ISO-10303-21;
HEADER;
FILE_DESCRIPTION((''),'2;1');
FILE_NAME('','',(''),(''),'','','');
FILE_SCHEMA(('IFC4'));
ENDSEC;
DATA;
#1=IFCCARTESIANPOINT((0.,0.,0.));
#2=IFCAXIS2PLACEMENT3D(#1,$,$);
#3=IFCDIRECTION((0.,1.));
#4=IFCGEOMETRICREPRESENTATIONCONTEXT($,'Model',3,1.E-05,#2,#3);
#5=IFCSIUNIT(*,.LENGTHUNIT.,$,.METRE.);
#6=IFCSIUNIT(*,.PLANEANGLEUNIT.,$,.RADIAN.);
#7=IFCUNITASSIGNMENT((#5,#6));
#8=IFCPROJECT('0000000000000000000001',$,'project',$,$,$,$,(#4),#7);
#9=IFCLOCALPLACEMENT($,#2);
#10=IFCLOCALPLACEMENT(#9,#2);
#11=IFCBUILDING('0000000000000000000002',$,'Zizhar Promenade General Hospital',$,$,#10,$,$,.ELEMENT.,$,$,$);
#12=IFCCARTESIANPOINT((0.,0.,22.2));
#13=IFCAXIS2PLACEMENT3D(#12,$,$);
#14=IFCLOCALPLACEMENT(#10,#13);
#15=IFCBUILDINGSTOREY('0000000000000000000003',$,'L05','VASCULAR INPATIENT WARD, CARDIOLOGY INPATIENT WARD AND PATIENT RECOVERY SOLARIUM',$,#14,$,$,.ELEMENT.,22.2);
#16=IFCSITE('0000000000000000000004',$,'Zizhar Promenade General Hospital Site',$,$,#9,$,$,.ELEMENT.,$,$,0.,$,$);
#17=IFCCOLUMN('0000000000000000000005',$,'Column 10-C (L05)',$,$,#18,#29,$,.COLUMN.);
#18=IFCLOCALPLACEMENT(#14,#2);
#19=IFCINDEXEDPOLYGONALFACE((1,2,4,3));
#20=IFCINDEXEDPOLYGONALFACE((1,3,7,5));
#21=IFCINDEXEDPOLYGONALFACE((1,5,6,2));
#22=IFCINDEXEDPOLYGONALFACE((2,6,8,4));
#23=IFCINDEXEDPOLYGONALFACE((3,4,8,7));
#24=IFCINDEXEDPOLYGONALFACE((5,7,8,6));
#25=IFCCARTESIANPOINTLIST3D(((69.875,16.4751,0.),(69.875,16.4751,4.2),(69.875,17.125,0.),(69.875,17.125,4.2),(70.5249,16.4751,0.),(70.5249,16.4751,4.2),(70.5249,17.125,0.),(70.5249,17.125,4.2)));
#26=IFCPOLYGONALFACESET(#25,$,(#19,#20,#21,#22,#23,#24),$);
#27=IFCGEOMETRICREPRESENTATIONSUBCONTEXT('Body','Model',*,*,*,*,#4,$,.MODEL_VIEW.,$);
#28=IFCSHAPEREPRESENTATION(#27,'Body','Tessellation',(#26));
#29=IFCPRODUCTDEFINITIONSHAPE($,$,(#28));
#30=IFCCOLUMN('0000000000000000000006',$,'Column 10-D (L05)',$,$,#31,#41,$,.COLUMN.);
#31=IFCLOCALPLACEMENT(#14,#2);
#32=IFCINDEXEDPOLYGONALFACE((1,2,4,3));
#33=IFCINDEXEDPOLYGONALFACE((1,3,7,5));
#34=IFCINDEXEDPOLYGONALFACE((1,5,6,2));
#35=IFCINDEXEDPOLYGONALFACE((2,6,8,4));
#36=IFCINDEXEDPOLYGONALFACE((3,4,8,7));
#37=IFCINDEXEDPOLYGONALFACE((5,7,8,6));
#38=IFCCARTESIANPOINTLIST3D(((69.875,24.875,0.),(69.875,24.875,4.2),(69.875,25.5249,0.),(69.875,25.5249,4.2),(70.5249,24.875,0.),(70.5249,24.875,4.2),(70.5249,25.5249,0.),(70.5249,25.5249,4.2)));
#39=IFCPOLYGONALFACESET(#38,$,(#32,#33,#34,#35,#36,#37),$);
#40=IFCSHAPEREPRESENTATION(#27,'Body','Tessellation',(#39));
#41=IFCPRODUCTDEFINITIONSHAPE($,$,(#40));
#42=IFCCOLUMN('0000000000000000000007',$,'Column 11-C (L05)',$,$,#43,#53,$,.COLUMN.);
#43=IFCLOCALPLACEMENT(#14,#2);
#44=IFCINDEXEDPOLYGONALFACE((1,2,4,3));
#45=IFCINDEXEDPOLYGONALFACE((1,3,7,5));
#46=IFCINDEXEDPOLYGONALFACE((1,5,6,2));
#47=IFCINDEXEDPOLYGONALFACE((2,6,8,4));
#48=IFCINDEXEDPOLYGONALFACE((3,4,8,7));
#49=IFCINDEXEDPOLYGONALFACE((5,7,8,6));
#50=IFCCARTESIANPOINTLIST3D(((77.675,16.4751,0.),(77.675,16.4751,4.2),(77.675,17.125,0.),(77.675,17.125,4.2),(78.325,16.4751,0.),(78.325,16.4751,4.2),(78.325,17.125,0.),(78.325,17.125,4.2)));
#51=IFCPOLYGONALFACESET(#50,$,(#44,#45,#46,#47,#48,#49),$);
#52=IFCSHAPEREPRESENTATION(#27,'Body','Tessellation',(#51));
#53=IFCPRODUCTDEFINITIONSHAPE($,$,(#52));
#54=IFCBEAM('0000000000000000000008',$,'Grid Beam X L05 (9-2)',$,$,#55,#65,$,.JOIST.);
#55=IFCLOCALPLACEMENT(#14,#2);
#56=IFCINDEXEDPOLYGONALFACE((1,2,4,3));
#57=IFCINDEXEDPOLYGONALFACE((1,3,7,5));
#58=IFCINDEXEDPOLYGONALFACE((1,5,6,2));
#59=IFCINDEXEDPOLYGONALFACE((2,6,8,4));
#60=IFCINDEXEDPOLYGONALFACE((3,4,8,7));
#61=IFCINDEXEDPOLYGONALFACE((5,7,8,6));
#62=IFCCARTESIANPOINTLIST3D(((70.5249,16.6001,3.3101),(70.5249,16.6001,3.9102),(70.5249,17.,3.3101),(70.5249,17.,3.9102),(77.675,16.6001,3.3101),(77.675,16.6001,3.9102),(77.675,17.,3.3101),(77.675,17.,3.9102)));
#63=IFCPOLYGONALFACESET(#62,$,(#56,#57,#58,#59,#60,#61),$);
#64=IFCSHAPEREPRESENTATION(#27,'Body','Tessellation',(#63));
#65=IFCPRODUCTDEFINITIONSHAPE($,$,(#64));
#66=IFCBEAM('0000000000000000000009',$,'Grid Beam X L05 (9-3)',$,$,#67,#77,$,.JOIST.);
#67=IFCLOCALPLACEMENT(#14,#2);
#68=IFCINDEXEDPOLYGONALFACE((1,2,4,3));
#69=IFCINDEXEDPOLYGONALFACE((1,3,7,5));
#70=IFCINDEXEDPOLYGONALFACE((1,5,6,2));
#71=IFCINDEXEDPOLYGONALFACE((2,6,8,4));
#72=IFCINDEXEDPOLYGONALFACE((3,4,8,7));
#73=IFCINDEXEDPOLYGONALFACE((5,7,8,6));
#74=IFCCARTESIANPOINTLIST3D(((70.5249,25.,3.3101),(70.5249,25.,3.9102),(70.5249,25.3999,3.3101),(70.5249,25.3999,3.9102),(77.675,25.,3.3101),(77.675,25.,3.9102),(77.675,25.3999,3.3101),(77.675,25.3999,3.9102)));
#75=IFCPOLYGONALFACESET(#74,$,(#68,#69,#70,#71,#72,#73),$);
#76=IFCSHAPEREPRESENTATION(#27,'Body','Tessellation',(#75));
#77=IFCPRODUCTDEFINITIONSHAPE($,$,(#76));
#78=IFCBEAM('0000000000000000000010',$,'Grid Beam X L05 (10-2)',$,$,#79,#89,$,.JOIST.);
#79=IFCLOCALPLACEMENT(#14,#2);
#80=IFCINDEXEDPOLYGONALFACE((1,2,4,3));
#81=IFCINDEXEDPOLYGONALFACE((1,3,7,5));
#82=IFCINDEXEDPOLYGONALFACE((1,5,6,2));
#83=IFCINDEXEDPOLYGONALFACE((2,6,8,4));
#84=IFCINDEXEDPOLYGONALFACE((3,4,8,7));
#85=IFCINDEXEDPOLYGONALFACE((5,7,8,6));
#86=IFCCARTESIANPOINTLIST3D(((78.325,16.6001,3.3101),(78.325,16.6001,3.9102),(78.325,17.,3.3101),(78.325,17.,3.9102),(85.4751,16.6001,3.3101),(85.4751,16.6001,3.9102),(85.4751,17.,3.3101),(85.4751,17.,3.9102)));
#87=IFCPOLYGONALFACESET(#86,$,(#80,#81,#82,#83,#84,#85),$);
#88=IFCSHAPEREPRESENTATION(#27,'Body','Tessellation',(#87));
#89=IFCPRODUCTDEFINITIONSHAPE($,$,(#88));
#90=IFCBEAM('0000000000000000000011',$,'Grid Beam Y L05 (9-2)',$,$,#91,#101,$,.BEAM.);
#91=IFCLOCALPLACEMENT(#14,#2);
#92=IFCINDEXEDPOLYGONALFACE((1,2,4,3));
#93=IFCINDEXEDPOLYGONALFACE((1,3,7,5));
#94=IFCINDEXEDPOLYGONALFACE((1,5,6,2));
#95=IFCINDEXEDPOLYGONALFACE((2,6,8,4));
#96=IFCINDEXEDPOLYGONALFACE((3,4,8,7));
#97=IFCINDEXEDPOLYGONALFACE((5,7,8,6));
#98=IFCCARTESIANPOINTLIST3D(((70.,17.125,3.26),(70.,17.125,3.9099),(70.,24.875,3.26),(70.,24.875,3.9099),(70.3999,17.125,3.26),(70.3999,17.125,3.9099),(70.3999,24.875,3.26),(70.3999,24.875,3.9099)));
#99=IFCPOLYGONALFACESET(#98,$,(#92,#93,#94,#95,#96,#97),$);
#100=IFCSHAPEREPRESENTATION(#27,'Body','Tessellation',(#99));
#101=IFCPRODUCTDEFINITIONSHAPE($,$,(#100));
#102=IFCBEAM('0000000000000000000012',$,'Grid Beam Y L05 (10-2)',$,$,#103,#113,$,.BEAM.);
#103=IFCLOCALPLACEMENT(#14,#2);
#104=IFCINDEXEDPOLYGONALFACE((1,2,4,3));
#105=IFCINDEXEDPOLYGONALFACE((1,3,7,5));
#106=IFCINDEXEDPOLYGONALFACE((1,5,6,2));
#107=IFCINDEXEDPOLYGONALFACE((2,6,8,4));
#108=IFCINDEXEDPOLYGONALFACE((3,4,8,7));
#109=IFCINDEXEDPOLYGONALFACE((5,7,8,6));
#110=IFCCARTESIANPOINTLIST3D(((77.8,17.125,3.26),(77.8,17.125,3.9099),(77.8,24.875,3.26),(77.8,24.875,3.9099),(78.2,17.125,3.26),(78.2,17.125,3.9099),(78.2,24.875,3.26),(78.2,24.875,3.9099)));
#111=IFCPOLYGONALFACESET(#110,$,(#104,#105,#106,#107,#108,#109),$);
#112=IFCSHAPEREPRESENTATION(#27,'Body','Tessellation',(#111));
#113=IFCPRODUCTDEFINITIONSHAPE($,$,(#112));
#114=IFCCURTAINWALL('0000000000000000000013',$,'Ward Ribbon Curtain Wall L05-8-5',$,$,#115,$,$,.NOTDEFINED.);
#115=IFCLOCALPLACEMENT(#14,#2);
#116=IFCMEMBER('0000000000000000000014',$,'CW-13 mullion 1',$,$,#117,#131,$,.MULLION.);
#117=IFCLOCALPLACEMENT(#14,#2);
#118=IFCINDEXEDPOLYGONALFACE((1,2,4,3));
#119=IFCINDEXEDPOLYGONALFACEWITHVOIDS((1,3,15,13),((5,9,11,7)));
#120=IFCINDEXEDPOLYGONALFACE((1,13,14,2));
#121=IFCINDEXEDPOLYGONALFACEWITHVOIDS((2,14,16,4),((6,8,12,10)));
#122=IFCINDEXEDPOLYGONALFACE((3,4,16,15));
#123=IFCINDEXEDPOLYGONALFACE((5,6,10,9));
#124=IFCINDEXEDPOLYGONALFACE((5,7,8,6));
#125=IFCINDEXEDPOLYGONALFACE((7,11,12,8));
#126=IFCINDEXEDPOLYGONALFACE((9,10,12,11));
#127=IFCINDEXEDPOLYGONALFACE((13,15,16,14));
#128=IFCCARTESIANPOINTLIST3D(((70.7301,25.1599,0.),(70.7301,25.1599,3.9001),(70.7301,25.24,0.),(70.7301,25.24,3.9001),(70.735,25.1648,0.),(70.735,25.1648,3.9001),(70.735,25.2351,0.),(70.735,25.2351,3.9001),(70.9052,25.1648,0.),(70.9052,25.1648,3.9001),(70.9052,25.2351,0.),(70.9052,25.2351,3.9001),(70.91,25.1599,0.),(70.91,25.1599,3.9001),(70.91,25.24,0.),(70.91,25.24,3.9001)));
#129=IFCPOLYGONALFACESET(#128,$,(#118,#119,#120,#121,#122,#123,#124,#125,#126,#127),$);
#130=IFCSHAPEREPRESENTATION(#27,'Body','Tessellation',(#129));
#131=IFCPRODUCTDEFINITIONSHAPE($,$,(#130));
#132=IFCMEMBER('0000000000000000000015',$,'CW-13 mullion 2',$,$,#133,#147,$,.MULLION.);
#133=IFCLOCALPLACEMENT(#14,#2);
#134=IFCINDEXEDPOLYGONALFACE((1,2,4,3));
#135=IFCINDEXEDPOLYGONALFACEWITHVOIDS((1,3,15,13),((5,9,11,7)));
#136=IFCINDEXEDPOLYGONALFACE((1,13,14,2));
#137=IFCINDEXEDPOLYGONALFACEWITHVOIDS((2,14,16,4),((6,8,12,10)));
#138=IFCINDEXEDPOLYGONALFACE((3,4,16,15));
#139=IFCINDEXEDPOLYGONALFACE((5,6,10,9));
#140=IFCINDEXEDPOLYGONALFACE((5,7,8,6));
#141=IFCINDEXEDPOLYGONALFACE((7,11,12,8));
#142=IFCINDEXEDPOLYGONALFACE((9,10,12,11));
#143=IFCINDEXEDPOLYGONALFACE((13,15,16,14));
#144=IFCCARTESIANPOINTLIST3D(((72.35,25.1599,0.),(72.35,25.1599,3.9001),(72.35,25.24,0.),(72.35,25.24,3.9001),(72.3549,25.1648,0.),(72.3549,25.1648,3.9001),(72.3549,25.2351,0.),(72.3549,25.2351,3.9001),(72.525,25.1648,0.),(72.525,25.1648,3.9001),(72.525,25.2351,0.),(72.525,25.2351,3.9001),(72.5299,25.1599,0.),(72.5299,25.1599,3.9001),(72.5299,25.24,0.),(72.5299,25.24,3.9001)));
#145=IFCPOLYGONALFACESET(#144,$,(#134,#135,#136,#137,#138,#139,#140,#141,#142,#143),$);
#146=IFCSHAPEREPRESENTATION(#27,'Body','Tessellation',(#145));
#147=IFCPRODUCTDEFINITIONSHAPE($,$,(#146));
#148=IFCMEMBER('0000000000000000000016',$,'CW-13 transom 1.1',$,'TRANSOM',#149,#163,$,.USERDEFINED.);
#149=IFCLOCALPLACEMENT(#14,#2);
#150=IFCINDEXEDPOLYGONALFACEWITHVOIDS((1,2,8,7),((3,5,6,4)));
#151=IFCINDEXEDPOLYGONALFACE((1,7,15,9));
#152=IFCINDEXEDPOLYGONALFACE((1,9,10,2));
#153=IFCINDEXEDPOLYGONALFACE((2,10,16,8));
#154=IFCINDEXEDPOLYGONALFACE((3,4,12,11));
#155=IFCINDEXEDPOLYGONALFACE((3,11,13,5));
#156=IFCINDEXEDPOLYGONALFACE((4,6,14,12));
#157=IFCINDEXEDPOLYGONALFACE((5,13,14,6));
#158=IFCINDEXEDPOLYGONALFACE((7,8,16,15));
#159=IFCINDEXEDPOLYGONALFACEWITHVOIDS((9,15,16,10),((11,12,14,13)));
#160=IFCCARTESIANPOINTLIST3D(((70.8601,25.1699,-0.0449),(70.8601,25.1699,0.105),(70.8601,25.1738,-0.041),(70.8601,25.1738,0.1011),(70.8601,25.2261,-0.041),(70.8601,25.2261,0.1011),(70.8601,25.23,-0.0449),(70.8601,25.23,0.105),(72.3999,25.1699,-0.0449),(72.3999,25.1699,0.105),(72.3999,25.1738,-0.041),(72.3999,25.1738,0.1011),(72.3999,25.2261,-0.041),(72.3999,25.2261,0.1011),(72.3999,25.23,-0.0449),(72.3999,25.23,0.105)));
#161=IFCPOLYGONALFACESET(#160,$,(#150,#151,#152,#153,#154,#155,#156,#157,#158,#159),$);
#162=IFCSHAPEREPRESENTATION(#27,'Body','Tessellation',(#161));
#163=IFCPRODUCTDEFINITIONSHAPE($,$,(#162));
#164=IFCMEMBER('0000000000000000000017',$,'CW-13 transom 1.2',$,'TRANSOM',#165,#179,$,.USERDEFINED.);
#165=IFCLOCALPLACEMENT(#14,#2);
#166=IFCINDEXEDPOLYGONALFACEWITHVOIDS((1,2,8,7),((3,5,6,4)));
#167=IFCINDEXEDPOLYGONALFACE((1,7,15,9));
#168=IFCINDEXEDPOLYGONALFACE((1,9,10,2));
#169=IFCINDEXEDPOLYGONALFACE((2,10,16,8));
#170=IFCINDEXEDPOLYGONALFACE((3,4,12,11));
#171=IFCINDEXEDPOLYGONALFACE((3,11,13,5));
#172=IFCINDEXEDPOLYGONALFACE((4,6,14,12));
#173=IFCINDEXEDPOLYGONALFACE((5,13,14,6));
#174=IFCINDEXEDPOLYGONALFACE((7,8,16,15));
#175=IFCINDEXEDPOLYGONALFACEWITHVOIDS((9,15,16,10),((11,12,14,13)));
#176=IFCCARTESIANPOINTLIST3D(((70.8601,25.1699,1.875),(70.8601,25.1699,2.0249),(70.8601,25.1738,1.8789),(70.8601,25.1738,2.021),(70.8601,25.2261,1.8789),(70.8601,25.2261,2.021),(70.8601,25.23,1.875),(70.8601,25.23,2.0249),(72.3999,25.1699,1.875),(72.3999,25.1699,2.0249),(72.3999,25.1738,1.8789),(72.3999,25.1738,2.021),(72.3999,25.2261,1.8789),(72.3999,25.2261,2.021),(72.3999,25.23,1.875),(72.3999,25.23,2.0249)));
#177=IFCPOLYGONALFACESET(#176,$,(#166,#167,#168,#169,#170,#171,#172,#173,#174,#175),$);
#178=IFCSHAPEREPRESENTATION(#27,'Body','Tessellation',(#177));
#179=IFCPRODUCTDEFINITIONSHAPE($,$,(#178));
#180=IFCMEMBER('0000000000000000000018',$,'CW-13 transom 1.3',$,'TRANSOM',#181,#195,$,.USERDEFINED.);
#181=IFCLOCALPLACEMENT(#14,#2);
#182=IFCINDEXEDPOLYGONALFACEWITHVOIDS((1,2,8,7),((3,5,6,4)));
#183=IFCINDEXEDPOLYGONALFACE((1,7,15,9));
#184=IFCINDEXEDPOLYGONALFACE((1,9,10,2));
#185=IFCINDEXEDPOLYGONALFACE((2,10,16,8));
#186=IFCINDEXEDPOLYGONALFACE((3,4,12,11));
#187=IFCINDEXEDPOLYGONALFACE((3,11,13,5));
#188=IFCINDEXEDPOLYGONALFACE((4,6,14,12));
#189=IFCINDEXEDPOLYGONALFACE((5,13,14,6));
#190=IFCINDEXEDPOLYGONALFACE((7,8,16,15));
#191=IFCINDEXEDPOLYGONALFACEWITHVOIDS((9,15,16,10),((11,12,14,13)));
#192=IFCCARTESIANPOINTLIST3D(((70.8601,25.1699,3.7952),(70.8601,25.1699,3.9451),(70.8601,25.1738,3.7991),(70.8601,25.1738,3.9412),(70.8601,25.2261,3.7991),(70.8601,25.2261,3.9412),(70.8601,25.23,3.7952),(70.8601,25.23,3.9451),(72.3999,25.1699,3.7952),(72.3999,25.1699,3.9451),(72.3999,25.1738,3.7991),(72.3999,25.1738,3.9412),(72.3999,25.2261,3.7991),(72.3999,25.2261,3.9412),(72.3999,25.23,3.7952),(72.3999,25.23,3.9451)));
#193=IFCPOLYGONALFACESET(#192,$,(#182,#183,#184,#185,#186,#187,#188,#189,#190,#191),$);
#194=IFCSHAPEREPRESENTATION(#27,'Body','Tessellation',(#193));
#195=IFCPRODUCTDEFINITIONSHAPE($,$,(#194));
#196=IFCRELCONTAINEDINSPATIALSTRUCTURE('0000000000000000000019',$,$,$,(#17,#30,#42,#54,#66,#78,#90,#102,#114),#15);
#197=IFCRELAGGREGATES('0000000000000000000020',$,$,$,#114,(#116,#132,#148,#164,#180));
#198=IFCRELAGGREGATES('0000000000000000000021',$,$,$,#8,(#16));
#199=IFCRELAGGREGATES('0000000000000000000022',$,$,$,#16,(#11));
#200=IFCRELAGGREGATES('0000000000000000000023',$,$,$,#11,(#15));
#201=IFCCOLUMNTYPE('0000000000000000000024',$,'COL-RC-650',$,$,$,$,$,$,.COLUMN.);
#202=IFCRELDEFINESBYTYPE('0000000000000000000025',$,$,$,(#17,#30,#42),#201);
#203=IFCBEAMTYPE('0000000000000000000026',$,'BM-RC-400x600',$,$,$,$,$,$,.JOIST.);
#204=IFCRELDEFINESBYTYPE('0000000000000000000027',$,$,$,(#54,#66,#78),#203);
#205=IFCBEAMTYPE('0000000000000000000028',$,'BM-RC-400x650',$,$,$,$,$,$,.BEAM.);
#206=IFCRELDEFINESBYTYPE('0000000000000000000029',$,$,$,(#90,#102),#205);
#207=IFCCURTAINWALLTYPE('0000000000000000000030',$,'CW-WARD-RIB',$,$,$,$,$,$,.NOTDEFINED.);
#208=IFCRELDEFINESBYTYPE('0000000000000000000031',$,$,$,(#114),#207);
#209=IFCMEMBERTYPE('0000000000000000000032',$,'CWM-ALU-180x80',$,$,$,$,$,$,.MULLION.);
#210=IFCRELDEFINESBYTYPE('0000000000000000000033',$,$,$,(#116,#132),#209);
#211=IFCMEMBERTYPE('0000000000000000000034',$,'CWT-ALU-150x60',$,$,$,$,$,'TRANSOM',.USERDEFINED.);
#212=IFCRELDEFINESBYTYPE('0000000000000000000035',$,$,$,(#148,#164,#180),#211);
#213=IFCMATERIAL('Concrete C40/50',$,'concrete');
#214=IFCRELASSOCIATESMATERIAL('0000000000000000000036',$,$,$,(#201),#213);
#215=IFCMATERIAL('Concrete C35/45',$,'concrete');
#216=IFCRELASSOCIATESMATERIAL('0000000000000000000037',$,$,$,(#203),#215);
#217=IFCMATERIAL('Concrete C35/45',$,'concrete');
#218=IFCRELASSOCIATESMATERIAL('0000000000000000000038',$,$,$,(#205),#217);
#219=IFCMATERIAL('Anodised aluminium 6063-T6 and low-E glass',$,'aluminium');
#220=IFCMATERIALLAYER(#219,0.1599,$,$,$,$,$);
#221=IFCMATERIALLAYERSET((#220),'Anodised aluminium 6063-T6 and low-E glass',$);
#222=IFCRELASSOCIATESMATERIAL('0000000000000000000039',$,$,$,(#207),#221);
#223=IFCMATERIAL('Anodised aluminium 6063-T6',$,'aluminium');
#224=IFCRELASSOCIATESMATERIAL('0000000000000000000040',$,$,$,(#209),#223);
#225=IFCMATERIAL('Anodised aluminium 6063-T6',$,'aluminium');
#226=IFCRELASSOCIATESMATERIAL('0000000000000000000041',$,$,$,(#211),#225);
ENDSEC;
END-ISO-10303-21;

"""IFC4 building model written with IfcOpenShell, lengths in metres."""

from ifc_helpers import new_model, si_unit, direction, frame, origin, origin_2d, place, context, subcontext, project, spatial, rectangle, hollow_rectangle, extrude, material, layer, layer_set, material_profile, profile_set, type_object, element, aggregate, save


model = new_model("IFC4")

# Units and contexts
model_context = context("Model", 3, precision=1e-05, world=origin(), true_north=direction((0.0, 1.0)))
body_context = subcontext(model_context, "Body", "Model", "MODEL_VIEW")
ifc_project = project(units=[si_unit("LENGTHUNIT", "METRE"), si_unit("PLANEANGLEUNIT", "RADIAN")], contexts=[model_context])

# Site, building, storey
site_placement = place(None, origin())
site = spatial("IfcSite", under=ifc_project, at=site_placement, Name="Zizhar Promenade General Hospital Site", CompositionType="ELEMENT", RefElevation=0.0)
building_placement = place(site_placement, origin())
building = spatial("IfcBuilding", under=site, at=building_placement, Name="Zizhar Promenade General Hospital", CompositionType="ELEMENT")
storey_placement = place(building_placement, frame((0.0, 0.0, 22.2)))
storey = spatial("IfcBuildingStorey", under=building, at=storey_placement, Name="L05", Description="VASCULAR INPATIENT WARD, CARDIOLOGY INPATIENT WARD AND PATIENT RECOVERY SOLARIUM", CompositionType="ELEMENT", Elevation=22.2)

# Columns
ifc_material_1 = material(Name="Concrete C40/50", Category="concrete")
ifc_material_profile_1 = material_profile(ifc_material_1, rectangle(XDim=0.6499, YDim=0.6499, at=origin_2d()))
ifc_profile_set_1 = profile_set([ifc_material_profile_1], Name="Concrete C40/50")
column_type = type_object("IfcColumnType", Name="COL-RC-650", PredefinedType="COLUMN", material=ifc_profile_set_1)
for number, where, z_axis, x_axis, name in (
    (1, (70.2, 16.8, 0.0), (0.0, 0.0, 1.0), (1.0, 0.0, 0.0), "Column 10-C (L05)"),
    (2, (70.2, 25.2, 0.0), (0.0, 0.0, 1.0), (1.0, 0.0, 0.0), "Column 10-D (L05)"),
    (3, (78.0, 16.8, 0.0), (0.0, 0.0, 1.0), (1.0, 0.0, 0.0), "Column 11-C (L05)"),
):
    element("IfcColumn", number, at=place(storey_placement, frame(where, z_axis=z_axis, x_axis=x_axis)), inside=storey, type_object=column_type, Name=name, PredefinedType="COLUMN", context=body_context, shape_type="SweptSolid", body=[
        extrude(rectangle(XDim=0.6499, YDim=0.6499, at=origin_2d()), origin(), (0.0, 0.0, 1.0), 4.2),
    ])

# Beams
ifc_material_2 = material(Name="Concrete C35/45", Category="concrete")
ifc_material_profile_2 = material_profile(ifc_material_2, rectangle(XDim=0.3999, YDim=0.6001, at=origin_2d()))
ifc_profile_set_2 = profile_set([ifc_material_profile_2], Name="Concrete C35/45")
beam_type_1 = type_object("IfcBeamType", Name="BM-RC-400x600", PredefinedType="JOIST", material=ifc_profile_set_2)
for number, where, z_axis, x_axis, name in (
    (4, (70.5249, 16.8, 3.6101), (1.0, 0.0, 0.0), (0.0, 1.0, 0.0), "Grid Beam X L05 (9-2)"),
    (5, (70.5249, 25.2, 3.6101), (1.0, 0.0, 0.0), (0.0, 1.0, 0.0), "Grid Beam X L05 (9-3)"),
    (6, (78.325, 16.8, 3.6101), (1.0, 0.0, 0.0), (0.0, 1.0, 0.0), "Grid Beam X L05 (10-2)"),
):
    element("IfcBeam", number, at=place(storey_placement, frame(where, z_axis=z_axis, x_axis=x_axis)), inside=storey, type_object=beam_type_1, Name=name, PredefinedType="JOIST", context=body_context, shape_type="SweptSolid", body=[
        extrude(rectangle(XDim=0.3999, YDim=0.6001, at=origin_2d()), origin(), (0.0, 0.0, 1.0), 7.1501),
    ])
ifc_material_3 = material(Name="Concrete C35/45", Category="concrete")
ifc_material_profile_3 = material_profile(ifc_material_3, rectangle(XDim=0.3999, YDim=0.6499, at=origin_2d()))
ifc_profile_set_3 = profile_set([ifc_material_profile_3], Name="Concrete C35/45")
beam_type_2 = type_object("IfcBeamType", Name="BM-RC-400x650", PredefinedType="BEAM", material=ifc_profile_set_3)
for number, where, z_axis, x_axis, name in (
    (7, (70.2, 17.125, 3.585), (0.0, 1.0, 0.0), (-1.0, 0.0, 0.0), "Grid Beam Y L05 (9-2)"),
    (8, (78.0, 17.125, 3.585), (0.0, 1.0, 0.0), (-1.0, 0.0, 0.0), "Grid Beam Y L05 (10-2)"),
):
    element("IfcBeam", number, at=place(storey_placement, frame(where, z_axis=z_axis, x_axis=x_axis)), inside=storey, type_object=beam_type_2, Name=name, PredefinedType="BEAM", context=body_context, shape_type="SweptSolid", body=[
        extrude(rectangle(XDim=0.3999, YDim=0.6499, at=origin_2d()), origin(), (0.0, 0.0, 1.0), 7.75),
    ])

# Curtain wall, members
ifc_material_4 = material(Name="Anodised aluminium 6063-T6 and low-E glass", Category="aluminium")
ifc_layer_1 = layer(ifc_material_4, 0.1599)
ifc_layer_set_1 = layer_set([ifc_layer_1], Name="Anodised aluminium 6063-T6 and low-E glass")
curtain_wall_type = type_object("IfcCurtainWallType", Name="CW-WARD-RIB", PredefinedType="NOTDEFINED", material=ifc_layer_set_1)
curtain_wall_placement = place(storey_placement, origin())
curtain_wall = element("IfcCurtainWall", 9, at=curtain_wall_placement, inside=storey, type_object=curtain_wall_type, Name="Ward Ribbon Curtain Wall L05-8-5", PredefinedType="NOTDEFINED")
ifc_material_5 = material(Name="Anodised aluminium 6063-T6", Category="aluminium")
ifc_material_profile_4 = material_profile(ifc_material_5, hollow_rectangle(XDim=0.0801, YDim=0.1799, WallThickness=0.0049, at=origin_2d()))
ifc_profile_set_4 = profile_set([ifc_material_profile_4], Name="Anodised aluminium 6063-T6")
member_type_1 = type_object("IfcMemberType", Name="CWM-ALU-180x80", PredefinedType="MULLION", material=ifc_profile_set_4)
member_1_placement = place(storey_placement, frame((70.8201, 25.2, 0.0), z_axis=(0.0, 0.0, 1.0), x_axis=(0.0, 1.0, 0.0)))
member_1 = element("IfcMember", 10, at=member_1_placement, type_object=member_type_1, Name="CW-13 mullion 1", PredefinedType="MULLION", context=body_context, shape_type="SweptSolid", body=[
    extrude(hollow_rectangle(XDim=0.0801, YDim=0.1799, WallThickness=0.0049, at=origin_2d()), origin(), (0.0, 0.0, 1.0), 3.9001),
])
member_2_placement = place(storey_placement, frame((72.4399, 25.2, 0.0), z_axis=(0.0, 0.0, 1.0), x_axis=(0.0, 1.0, 0.0)))
member_2 = element("IfcMember", 11, at=member_2_placement, type_object=member_type_1, Name="CW-13 mullion 2", PredefinedType="MULLION", context=body_context, shape_type="SweptSolid", body=[
    extrude(hollow_rectangle(XDim=0.0801, YDim=0.1799, WallThickness=0.0049, at=origin_2d()), origin(), (0.0, 0.0, 1.0), 3.9001),
])
ifc_material_6 = material(Name="Anodised aluminium 6063-T6", Category="aluminium")
ifc_material_profile_5 = material_profile(ifc_material_6, hollow_rectangle(XDim=0.0601, YDim=0.1499, WallThickness=0.0039, at=origin_2d()))
ifc_profile_set_5 = profile_set([ifc_material_profile_5], Name="Anodised aluminium 6063-T6")
member_type_2 = type_object("IfcMemberType", Name="CWT-ALU-150x60", ElementType="TRANSOM", PredefinedType="USERDEFINED", material=ifc_profile_set_5)
member_3_placement = place(storey_placement, frame((70.8601, 25.2, 0.03), z_axis=(1.0, 0.0, 0.0), x_axis=(0.0, 1.0, 0.0)))
member_3 = element("IfcMember", 12, at=member_3_placement, type_object=member_type_2, Name="CW-13 transom 1.1", ObjectType="TRANSOM", PredefinedType="USERDEFINED", context=body_context, shape_type="SweptSolid", body=[
    extrude(hollow_rectangle(XDim=0.0601, YDim=0.1499, WallThickness=0.0039, at=origin_2d()), origin(), (0.0, 0.0, 1.0), 1.5398),
])
member_4_placement = place(storey_placement, frame((70.8601, 25.2, 1.95), z_axis=(1.0, 0.0, 0.0), x_axis=(0.0, 1.0, 0.0)))
member_4 = element("IfcMember", 13, at=member_4_placement, type_object=member_type_2, Name="CW-13 transom 1.2", ObjectType="TRANSOM", PredefinedType="USERDEFINED", context=body_context, shape_type="SweptSolid", body=[
    extrude(hollow_rectangle(XDim=0.0601, YDim=0.1499, WallThickness=0.0039, at=origin_2d()), origin(), (0.0, 0.0, 1.0), 1.5398),
])
member_5_placement = place(storey_placement, frame((70.8601, 25.2, 3.8701), z_axis=(1.0, 0.0, 0.0), x_axis=(0.0, 1.0, 0.0)))
member_5 = element("IfcMember", 14, at=member_5_placement, type_object=member_type_2, Name="CW-13 transom 1.3", ObjectType="TRANSOM", PredefinedType="USERDEFINED", context=body_context, shape_type="SweptSolid", body=[
    extrude(hollow_rectangle(XDim=0.0601, YDim=0.1499, WallThickness=0.0039, at=origin_2d()), origin(), (0.0, 0.0, 1.0), 1.5398),
])
aggregate(curtain_wall, [member_1, member_2, member_3, member_4, member_5])

save(model, "model.ifc")
